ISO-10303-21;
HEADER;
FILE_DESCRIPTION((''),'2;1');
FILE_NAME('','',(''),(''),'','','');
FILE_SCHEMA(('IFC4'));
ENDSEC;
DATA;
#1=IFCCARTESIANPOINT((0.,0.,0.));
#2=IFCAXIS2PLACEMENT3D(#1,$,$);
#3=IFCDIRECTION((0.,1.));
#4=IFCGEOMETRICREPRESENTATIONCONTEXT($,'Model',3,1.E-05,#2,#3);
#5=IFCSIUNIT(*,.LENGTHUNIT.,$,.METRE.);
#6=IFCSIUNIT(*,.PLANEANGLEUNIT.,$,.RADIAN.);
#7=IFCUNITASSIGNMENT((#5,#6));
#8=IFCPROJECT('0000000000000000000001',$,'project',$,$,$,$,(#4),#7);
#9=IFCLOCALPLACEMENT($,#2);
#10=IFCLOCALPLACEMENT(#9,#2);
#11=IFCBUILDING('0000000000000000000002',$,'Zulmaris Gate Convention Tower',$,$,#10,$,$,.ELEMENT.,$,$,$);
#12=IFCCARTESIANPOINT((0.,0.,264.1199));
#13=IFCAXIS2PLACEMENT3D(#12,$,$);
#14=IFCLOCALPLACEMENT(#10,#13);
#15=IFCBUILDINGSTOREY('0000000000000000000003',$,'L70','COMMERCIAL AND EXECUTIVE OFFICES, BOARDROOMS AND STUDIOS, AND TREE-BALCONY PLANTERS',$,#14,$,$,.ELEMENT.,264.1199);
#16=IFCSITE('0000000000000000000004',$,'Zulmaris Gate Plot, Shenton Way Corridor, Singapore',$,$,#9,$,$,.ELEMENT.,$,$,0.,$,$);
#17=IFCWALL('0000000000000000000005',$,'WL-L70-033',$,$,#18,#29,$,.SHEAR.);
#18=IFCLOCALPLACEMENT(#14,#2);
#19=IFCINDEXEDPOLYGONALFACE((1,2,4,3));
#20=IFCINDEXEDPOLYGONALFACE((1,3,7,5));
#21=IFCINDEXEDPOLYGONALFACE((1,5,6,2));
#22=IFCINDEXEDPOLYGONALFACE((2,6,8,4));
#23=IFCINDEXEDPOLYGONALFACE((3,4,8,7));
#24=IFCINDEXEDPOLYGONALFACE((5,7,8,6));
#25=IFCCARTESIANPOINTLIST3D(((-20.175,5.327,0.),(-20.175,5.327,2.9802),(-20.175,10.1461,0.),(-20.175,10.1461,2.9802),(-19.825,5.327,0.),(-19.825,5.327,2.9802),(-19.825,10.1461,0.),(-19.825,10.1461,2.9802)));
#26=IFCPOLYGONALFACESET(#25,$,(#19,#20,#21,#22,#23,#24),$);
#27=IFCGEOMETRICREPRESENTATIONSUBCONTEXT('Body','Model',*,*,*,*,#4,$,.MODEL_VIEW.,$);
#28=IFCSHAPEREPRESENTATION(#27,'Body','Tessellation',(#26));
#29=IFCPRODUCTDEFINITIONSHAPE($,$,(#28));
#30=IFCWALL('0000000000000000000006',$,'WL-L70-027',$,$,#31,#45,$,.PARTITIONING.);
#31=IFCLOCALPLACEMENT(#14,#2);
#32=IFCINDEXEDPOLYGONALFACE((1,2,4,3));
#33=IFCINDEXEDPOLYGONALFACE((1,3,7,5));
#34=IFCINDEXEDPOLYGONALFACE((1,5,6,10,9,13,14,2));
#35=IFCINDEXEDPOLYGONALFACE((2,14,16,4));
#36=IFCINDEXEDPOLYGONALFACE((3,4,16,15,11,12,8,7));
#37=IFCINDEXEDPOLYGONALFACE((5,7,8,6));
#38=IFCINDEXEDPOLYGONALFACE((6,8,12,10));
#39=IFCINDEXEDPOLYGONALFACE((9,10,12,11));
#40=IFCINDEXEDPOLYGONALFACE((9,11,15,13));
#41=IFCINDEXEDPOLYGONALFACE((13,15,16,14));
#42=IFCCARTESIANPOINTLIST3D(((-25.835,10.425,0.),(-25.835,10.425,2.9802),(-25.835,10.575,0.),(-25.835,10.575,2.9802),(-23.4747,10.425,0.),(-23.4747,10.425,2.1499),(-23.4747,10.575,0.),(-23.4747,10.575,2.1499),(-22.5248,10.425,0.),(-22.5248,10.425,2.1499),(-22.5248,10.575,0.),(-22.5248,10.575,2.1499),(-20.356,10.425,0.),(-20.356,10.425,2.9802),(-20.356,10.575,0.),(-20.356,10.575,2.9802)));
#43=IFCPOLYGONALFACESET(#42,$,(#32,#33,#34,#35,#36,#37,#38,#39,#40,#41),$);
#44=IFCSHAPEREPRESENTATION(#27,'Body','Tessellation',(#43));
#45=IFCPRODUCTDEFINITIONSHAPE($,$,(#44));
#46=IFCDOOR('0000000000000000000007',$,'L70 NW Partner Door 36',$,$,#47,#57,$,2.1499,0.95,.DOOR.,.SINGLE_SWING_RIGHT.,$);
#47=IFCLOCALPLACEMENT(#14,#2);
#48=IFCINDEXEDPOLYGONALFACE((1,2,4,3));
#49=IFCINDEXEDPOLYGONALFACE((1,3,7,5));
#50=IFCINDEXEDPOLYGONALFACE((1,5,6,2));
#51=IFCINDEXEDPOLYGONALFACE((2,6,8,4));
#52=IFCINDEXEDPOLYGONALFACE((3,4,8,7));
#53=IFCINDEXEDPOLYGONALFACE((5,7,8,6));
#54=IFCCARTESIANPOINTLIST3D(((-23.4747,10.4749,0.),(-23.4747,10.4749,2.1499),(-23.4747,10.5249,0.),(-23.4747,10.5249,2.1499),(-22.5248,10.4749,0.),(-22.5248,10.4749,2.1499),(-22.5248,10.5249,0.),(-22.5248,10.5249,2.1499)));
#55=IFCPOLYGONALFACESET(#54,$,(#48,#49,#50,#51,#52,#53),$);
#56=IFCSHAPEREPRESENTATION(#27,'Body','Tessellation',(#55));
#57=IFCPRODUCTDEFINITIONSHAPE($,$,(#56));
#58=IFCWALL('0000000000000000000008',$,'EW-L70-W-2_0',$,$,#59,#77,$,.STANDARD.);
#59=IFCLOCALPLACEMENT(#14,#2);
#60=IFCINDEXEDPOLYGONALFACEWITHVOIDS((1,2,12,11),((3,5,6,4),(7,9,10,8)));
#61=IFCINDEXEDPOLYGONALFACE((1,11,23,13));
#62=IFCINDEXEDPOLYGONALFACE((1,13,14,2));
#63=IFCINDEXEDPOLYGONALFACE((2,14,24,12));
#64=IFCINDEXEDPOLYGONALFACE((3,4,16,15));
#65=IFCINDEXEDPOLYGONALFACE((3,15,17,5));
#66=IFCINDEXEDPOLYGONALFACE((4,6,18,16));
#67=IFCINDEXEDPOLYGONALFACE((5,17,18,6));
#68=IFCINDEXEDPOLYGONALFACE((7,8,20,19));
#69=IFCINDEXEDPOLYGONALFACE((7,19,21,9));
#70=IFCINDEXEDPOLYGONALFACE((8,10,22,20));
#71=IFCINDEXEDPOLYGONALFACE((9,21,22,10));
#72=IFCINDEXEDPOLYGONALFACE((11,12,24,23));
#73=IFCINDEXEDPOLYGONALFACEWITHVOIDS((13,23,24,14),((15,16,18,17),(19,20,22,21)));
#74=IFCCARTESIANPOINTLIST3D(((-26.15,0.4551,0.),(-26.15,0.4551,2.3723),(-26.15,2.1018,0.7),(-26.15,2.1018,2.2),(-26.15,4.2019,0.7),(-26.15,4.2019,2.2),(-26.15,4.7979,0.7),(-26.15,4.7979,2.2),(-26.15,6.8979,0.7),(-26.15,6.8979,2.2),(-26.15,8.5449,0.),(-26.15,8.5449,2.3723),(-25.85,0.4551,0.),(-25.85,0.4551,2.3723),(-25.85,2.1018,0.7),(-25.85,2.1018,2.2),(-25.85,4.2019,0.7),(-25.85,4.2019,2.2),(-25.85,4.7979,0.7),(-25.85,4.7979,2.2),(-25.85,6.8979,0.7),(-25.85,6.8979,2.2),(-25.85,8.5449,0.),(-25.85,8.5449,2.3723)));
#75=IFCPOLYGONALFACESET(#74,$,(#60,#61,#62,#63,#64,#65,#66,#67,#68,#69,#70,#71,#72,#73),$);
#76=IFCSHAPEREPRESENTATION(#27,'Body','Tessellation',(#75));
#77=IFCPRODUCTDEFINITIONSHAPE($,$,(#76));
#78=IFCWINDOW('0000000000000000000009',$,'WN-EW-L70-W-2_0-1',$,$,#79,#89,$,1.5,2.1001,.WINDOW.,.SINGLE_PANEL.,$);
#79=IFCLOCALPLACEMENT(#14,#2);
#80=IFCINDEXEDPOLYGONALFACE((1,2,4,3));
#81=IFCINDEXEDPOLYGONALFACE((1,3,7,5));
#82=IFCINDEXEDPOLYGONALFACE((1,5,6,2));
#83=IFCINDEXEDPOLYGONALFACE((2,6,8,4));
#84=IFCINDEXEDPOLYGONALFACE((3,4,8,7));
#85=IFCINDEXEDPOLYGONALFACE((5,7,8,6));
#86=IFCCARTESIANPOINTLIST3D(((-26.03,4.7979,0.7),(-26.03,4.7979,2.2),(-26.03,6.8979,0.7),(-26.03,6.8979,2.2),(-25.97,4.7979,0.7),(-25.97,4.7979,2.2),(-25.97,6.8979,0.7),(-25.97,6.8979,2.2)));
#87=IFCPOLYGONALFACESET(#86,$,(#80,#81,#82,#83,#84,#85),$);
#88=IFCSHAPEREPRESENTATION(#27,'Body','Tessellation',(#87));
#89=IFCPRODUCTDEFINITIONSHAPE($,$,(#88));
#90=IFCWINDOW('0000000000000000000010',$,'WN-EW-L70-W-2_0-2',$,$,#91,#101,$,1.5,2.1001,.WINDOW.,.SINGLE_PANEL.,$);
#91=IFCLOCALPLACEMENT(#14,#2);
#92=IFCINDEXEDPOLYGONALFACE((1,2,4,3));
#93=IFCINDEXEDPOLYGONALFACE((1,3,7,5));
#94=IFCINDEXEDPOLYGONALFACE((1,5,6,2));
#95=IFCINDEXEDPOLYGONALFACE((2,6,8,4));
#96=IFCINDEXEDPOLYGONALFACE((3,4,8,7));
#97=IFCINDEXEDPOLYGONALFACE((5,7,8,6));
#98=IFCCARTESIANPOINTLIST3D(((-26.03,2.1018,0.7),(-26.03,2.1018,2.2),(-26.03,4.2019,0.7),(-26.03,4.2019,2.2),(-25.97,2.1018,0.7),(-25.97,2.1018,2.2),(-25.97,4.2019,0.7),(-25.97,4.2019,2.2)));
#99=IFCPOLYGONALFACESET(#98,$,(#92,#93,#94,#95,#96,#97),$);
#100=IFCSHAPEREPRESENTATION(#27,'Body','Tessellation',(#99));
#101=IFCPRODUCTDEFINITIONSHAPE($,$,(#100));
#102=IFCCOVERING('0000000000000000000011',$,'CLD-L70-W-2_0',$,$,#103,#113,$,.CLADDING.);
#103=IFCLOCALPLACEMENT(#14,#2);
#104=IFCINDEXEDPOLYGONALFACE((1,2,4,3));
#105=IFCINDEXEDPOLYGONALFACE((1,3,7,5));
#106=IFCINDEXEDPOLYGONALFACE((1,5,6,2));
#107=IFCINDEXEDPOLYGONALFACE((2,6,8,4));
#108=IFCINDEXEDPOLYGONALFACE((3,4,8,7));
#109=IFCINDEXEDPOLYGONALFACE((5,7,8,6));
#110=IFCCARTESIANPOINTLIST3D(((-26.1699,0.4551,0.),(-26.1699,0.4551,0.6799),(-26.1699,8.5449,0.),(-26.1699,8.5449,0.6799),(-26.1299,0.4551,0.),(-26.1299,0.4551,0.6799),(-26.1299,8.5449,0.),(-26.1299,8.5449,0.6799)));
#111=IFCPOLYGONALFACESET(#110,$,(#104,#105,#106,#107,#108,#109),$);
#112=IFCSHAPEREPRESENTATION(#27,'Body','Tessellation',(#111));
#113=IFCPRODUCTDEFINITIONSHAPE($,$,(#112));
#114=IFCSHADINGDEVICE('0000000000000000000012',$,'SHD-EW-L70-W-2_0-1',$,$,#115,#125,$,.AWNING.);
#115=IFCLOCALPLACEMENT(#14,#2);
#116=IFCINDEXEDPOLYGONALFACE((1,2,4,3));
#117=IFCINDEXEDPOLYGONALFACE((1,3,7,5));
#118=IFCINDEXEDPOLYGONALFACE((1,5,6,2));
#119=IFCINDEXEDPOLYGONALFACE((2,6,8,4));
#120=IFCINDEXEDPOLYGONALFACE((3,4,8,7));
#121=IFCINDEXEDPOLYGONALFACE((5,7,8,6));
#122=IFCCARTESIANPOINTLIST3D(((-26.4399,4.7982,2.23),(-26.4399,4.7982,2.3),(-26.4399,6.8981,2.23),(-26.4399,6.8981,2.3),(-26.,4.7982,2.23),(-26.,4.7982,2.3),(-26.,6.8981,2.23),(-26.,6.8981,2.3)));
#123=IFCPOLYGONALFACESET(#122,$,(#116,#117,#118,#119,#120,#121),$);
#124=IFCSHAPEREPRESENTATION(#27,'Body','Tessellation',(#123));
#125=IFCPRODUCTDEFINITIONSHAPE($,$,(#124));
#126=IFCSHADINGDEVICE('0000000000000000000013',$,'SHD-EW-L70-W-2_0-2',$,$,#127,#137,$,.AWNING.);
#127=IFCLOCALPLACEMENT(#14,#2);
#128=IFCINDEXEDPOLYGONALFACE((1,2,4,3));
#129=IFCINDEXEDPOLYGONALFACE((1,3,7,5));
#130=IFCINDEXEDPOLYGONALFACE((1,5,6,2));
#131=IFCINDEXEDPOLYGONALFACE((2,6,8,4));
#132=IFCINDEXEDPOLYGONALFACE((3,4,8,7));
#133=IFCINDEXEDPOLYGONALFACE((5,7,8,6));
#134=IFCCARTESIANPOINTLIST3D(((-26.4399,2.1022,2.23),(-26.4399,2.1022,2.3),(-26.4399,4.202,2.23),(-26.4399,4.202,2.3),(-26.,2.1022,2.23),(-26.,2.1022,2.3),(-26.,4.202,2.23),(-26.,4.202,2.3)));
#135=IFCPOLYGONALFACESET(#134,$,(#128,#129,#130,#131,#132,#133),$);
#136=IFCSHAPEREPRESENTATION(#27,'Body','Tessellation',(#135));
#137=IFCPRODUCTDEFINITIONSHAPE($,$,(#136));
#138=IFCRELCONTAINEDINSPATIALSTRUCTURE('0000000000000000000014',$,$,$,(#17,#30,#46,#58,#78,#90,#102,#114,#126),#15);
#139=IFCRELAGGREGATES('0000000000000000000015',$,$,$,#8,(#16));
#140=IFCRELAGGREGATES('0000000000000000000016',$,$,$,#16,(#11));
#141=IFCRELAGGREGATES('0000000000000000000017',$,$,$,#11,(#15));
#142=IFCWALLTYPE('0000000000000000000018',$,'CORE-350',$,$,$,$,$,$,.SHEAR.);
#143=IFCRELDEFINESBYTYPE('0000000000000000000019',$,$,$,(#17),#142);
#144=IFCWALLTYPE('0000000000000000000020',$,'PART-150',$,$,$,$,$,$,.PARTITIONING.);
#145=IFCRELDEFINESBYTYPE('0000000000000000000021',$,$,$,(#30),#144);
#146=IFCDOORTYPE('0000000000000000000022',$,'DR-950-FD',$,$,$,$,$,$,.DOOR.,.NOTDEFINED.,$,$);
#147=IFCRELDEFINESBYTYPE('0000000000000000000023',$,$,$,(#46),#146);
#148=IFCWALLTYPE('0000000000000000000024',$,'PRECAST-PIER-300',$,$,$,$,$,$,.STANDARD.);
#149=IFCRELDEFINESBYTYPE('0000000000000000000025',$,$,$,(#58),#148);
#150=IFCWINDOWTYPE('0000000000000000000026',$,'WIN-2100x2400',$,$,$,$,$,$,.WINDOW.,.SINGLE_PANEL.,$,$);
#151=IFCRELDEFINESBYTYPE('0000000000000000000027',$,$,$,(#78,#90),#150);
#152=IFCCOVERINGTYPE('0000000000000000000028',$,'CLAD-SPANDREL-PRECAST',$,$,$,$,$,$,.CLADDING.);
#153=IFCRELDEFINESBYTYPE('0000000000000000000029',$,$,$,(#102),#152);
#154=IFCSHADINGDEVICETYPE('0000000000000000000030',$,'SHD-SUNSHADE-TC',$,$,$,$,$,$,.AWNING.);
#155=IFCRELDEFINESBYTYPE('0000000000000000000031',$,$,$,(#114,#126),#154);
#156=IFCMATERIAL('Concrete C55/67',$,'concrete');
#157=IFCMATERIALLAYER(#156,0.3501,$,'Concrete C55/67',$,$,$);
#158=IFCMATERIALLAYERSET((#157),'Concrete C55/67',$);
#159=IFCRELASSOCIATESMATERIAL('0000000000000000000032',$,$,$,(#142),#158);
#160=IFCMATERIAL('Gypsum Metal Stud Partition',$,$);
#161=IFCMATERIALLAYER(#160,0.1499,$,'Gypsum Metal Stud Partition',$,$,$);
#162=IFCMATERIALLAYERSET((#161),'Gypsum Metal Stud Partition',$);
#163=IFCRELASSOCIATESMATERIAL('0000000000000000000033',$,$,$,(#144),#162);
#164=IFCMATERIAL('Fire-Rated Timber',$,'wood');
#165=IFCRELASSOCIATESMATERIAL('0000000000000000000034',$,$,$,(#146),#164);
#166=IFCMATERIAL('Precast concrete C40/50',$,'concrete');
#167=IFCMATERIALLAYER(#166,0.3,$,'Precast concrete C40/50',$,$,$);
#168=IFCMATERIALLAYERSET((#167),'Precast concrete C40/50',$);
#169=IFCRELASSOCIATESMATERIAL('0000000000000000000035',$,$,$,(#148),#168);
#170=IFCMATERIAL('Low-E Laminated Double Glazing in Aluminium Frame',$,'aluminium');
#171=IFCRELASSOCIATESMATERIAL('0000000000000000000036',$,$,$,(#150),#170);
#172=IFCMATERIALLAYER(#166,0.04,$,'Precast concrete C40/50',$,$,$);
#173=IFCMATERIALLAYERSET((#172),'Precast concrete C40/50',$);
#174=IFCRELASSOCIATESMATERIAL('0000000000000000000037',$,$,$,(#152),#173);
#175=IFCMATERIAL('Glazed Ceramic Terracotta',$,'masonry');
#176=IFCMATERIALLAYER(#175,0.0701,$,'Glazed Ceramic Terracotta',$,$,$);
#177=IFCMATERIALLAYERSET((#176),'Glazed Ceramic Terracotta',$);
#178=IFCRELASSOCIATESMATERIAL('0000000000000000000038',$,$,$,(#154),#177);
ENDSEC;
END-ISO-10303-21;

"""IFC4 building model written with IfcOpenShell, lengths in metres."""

from ifc_helpers import new_model, si_unit, direction, frame, frame_2d, origin, place, context, subcontext, project, spatial, rectangle, extrude, material, layer, layer_set, type_object, element, fill, save


model = new_model("IFC4")

# Units and contexts
model_context = context("Model", 3, precision=1e-05, world=origin(), true_north=direction((0.0, 1.0)))
body_context = subcontext(model_context, "Body", "Model", "MODEL_VIEW")
ifc_project = project(units=[si_unit("LENGTHUNIT", "METRE"), si_unit("PLANEANGLEUNIT", "RADIAN")], contexts=[model_context])

# Site, building, storey
site_placement = place(None, origin())
site = spatial("IfcSite", under=ifc_project, at=site_placement, Name="Zulmaris Gate Plot, Shenton Way Corridor, Singapore", CompositionType="ELEMENT", RefElevation=0.0)
building_placement = place(site_placement, origin())
building = spatial("IfcBuilding", under=site, at=building_placement, Name="Zulmaris Gate Convention Tower", CompositionType="ELEMENT")
storey_placement = place(building_placement, frame((0.0, 0.0, 264.1199)))
storey = spatial("IfcBuildingStorey", under=building, at=storey_placement, Name="L70", Description="COMMERCIAL AND EXECUTIVE OFFICES, BOARDROOMS AND STUDIOS, AND TREE-BALCONY PLANTERS", CompositionType="ELEMENT", Elevation=264.1199)

# Wall
ifc_material_1 = material(Name="Concrete C55/67", Category="concrete")
ifc_layer_1 = layer(ifc_material_1, 0.3501, Name="Concrete C55/67")
ifc_layer_set_1 = layer_set([ifc_layer_1], Name="Concrete C55/67")
wall_type_1 = type_object("IfcWallType", Name="CORE-350", PredefinedType="SHEAR", material=ifc_layer_set_1)
wall_1_placement = place(storey_placement, frame((-20.0, 5.3269, 0.0), z_axis=(0.0, 0.0, 1.0), x_axis=(0.0, 1.0, 0.0)))
element("IfcWall", 1, at=wall_1_placement, inside=storey, type_object=wall_type_1, Name="WL-L70-033", PredefinedType="SHEAR", context=body_context, shape_type="SweptSolid", body=[
    extrude(rectangle(XDim=4.8191, YDim=0.3501, at=frame_2d((2.4097, 0.0))), origin(), (0.0, 0.0, 1.0), 2.9802),
])

# Wall, opening, door
ifc_material_2 = material(Name="Gypsum Metal Stud Partition")
ifc_layer_2 = layer(ifc_material_2, 0.1499, Name="Gypsum Metal Stud Partition")
ifc_layer_set_2 = layer_set([ifc_layer_2], Name="Gypsum Metal Stud Partition")
wall_type_2 = type_object("IfcWallType", Name="PART-150", PredefinedType="PARTITIONING", material=ifc_layer_set_2)
wall_2_placement = place(storey_placement, frame((-25.835, 10.5, 0.0), z_axis=(0.0, 0.0, 1.0), x_axis=(1.0, 0.0, 0.0)))
wall_2 = element("IfcWall", 2, at=wall_2_placement, inside=storey, type_object=wall_type_2, Name="WL-L70-027", PredefinedType="PARTITIONING", context=body_context, shape_type="SweptSolid", body=[
    extrude(rectangle(XDim=5.479, YDim=0.1499, at=frame_2d((2.7395, 0.0))), origin(), (0.0, 0.0, 1.0), 2.9802),
])
opening_1_placement = place(wall_2_placement, frame((2.3601, 0.0, 0.0)))
opening_1 = element("IfcOpeningElement", 3, at=opening_1_placement, cuts=wall_2, PredefinedType="OPENING", context=body_context, shape_type="SweptSolid", body=[
    extrude(rectangle(XDim=0.95, YDim=2.1499, at=frame_2d((0.4751, 1.075))), frame((0.0, 0.085, 0.0), z_axis=(0.0, -1.0, 0.0), x_axis=(1.0, 0.0, 0.0)), (0.0, 0.0, 1.0), 0.1699),
])
ifc_material_3 = material(Name="Fire-Rated Timber", Category="wood")
door_type_1 = type_object("IfcDoorType", Name="DR-950-FD", OperationType="NOTDEFINED", PredefinedType="DOOR", material=ifc_material_3)
door_1_placement = place(opening_1_placement, origin())
door_1 = element("IfcDoor", 4, at=door_1_placement, inside=storey, type_object=door_type_1, Name="L70 NW Partner Door 36", OperationType="SINGLE_SWING_RIGHT", OverallHeight=2.1499, OverallWidth=0.95, PredefinedType="DOOR", context=body_context, shape_type="SweptSolid", body=[
    extrude(rectangle(XDim=0.95, YDim=2.1499, at=frame_2d((0.4751, 1.075))), frame((0.0, 0.0249, 0.0), z_axis=(0.0, -1.0, 0.0), x_axis=(1.0, 0.0, 0.0)), (0.0, 0.0, 1.0), 0.05),
])
fill(opening_1, door_1)

# Wall, openings, windows
ifc_material_4 = material(Name="Precast concrete C40/50", Category="concrete")
ifc_layer_3 = layer(ifc_material_4, 0.3, Name="Precast concrete C40/50")
ifc_layer_set_3 = layer_set([ifc_layer_3], Name="Precast concrete C40/50")
wall_type_3 = type_object("IfcWallType", Name="PRECAST-PIER-300", PredefinedType="STANDARD", material=ifc_layer_set_3)
wall_3_placement = place(storey_placement, frame((-26.0, 8.5449, 0.0), z_axis=(0.0, 0.0, 1.0), x_axis=(0.0, -1.0, 0.0)))
wall_3 = element("IfcWall", 5, at=wall_3_placement, inside=storey, type_object=wall_type_3, Name="EW-L70-W-2_0", PredefinedType="STANDARD", context=body_context, shape_type="SweptSolid", body=[
    extrude(rectangle(XDim=8.0898, YDim=0.3, at=frame_2d((4.0449, 0.0))), origin(), (0.0, 0.0, 1.0), 2.3723),
])
opening_2_placement = place(wall_3_placement, frame((1.647, 0.0, 0.7)))
opening_2 = element("IfcOpeningElement", 6, at=opening_2_placement, cuts=wall_3, PredefinedType="OPENING", context=body_context, shape_type="SweptSolid", body=[
    extrude(rectangle(XDim=2.1001, YDim=1.5, at=frame_2d((1.05, 0.75))), frame((0.0, 0.1602, 0.0), z_axis=(0.0, -1.0, 0.0), x_axis=(1.0, 0.0, 0.0)), (0.0, 0.0, 1.0), 0.3201),
])
opening_3_placement = place(wall_3_placement, frame((4.343, 0.0, 0.7)))
opening_3 = element("IfcOpeningElement", 7, at=opening_3_placement, cuts=wall_3, PredefinedType="OPENING", context=body_context, shape_type="SweptSolid", body=[
    extrude(rectangle(XDim=2.1001, YDim=1.5, at=frame_2d((1.05, 0.75))), frame((0.0, 0.1602, 0.0), z_axis=(0.0, -1.0, 0.0), x_axis=(1.0, 0.0, 0.0)), (0.0, 0.0, 1.0), 0.3201),
])
ifc_material_5 = material(Name="Low-E Laminated Double Glazing in Aluminium Frame", Category="aluminium")
window_type = type_object("IfcWindowType", Name="WIN-2100x2400", PartitioningType="SINGLE_PANEL", PredefinedType="WINDOW", material=ifc_material_5)
window_1_placement = place(opening_2_placement, origin())
window_1 = element("IfcWindow", 8, at=window_1_placement, inside=storey, type_object=window_type, Name="WN-EW-L70-W-2_0-1", OverallHeight=1.5, OverallWidth=2.1001, PartitioningType="SINGLE_PANEL", PredefinedType="WINDOW", context=body_context, shape_type="SweptSolid", body=[
    extrude(rectangle(XDim=2.1001, YDim=1.5, at=frame_2d((1.05, 0.75))), frame((0.0, 0.03, 0.0), z_axis=(0.0, -1.0, 0.0), x_axis=(1.0, 0.0, 0.0)), (0.0, 0.0, 1.0), 0.0601),
])
fill(opening_2, window_1)
window_2_placement = place(opening_3_placement, origin())
window_2 = element("IfcWindow", 9, at=window_2_placement, inside=storey, type_object=window_type, Name="WN-EW-L70-W-2_0-2", OverallHeight=1.5, OverallWidth=2.1001, PartitioningType="SINGLE_PANEL", PredefinedType="WINDOW", context=body_context, shape_type="SweptSolid", body=[
    extrude(rectangle(XDim=2.1001, YDim=1.5, at=frame_2d((1.05, 0.75))), frame((0.0, 0.03, 0.0), z_axis=(0.0, -1.0, 0.0), x_axis=(1.0, 0.0, 0.0)), (0.0, 0.0, 1.0), 0.0601),
])
fill(opening_3, window_2)

# Covering
ifc_layer_4 = layer(ifc_material_4, 0.04, Name="Precast concrete C40/50")
ifc_layer_set_4 = layer_set([ifc_layer_4], Name="Precast concrete C40/50")
covering_type = type_object("IfcCoveringType", Name="CLAD-SPANDREL-PRECAST", PredefinedType="CLADDING", material=ifc_layer_set_4)
covering_placement = place(storey_placement, frame((-26.1499, 8.5449, 0.0), z_axis=(0.0, 0.0, 1.0), x_axis=(0.0, -1.0, 0.0)))
element("IfcCovering", 10, at=covering_placement, inside=storey, type_object=covering_type, Name="CLD-L70-W-2_0", PredefinedType="CLADDING", context=body_context, shape_type="SweptSolid", body=[
    extrude(rectangle(XDim=8.0898, YDim=0.04, at=frame_2d((4.0449, 0.0))), origin(), (0.0, 0.0, 1.0), 0.6799),
])

# Shading devices
ifc_material_6 = material(Name="Glazed Ceramic Terracotta", Category="masonry")
ifc_layer_5 = layer(ifc_material_6, 0.0701, Name="Glazed Ceramic Terracotta")
ifc_layer_set_5 = layer_set([ifc_layer_5], Name="Glazed Ceramic Terracotta")
shading_device_type = type_object("IfcShadingDeviceType", Name="SHD-SUNSHADE-TC", PredefinedType="AWNING", material=ifc_layer_set_5)
for number, where, z_axis, x_axis, name in (
    (11, (-26.22, 6.8979, 2.23), (0.0, 0.0, 1.0), (0.0, -1.0, 0.0), "SHD-EW-L70-W-2_0-1"),
    (12, (-26.22, 4.2019, 2.23), (0.0, 0.0, 1.0), (0.0, -1.0, 0.0), "SHD-EW-L70-W-2_0-2"),
):
    element("IfcShadingDevice", number, at=place(storey_placement, frame(where, z_axis=z_axis, x_axis=x_axis)), inside=storey, type_object=shading_device_type, Name=name, PredefinedType="AWNING", context=body_context, shape_type="SweptSolid", body=[
        extrude(rectangle(XDim=2.0999, YDim=0.4399, at=frame_2d((1.0498, 0.0))), origin(), (0.0, 0.0, 1.0), 0.0701),
    ])

save(model, "model.ifc")
